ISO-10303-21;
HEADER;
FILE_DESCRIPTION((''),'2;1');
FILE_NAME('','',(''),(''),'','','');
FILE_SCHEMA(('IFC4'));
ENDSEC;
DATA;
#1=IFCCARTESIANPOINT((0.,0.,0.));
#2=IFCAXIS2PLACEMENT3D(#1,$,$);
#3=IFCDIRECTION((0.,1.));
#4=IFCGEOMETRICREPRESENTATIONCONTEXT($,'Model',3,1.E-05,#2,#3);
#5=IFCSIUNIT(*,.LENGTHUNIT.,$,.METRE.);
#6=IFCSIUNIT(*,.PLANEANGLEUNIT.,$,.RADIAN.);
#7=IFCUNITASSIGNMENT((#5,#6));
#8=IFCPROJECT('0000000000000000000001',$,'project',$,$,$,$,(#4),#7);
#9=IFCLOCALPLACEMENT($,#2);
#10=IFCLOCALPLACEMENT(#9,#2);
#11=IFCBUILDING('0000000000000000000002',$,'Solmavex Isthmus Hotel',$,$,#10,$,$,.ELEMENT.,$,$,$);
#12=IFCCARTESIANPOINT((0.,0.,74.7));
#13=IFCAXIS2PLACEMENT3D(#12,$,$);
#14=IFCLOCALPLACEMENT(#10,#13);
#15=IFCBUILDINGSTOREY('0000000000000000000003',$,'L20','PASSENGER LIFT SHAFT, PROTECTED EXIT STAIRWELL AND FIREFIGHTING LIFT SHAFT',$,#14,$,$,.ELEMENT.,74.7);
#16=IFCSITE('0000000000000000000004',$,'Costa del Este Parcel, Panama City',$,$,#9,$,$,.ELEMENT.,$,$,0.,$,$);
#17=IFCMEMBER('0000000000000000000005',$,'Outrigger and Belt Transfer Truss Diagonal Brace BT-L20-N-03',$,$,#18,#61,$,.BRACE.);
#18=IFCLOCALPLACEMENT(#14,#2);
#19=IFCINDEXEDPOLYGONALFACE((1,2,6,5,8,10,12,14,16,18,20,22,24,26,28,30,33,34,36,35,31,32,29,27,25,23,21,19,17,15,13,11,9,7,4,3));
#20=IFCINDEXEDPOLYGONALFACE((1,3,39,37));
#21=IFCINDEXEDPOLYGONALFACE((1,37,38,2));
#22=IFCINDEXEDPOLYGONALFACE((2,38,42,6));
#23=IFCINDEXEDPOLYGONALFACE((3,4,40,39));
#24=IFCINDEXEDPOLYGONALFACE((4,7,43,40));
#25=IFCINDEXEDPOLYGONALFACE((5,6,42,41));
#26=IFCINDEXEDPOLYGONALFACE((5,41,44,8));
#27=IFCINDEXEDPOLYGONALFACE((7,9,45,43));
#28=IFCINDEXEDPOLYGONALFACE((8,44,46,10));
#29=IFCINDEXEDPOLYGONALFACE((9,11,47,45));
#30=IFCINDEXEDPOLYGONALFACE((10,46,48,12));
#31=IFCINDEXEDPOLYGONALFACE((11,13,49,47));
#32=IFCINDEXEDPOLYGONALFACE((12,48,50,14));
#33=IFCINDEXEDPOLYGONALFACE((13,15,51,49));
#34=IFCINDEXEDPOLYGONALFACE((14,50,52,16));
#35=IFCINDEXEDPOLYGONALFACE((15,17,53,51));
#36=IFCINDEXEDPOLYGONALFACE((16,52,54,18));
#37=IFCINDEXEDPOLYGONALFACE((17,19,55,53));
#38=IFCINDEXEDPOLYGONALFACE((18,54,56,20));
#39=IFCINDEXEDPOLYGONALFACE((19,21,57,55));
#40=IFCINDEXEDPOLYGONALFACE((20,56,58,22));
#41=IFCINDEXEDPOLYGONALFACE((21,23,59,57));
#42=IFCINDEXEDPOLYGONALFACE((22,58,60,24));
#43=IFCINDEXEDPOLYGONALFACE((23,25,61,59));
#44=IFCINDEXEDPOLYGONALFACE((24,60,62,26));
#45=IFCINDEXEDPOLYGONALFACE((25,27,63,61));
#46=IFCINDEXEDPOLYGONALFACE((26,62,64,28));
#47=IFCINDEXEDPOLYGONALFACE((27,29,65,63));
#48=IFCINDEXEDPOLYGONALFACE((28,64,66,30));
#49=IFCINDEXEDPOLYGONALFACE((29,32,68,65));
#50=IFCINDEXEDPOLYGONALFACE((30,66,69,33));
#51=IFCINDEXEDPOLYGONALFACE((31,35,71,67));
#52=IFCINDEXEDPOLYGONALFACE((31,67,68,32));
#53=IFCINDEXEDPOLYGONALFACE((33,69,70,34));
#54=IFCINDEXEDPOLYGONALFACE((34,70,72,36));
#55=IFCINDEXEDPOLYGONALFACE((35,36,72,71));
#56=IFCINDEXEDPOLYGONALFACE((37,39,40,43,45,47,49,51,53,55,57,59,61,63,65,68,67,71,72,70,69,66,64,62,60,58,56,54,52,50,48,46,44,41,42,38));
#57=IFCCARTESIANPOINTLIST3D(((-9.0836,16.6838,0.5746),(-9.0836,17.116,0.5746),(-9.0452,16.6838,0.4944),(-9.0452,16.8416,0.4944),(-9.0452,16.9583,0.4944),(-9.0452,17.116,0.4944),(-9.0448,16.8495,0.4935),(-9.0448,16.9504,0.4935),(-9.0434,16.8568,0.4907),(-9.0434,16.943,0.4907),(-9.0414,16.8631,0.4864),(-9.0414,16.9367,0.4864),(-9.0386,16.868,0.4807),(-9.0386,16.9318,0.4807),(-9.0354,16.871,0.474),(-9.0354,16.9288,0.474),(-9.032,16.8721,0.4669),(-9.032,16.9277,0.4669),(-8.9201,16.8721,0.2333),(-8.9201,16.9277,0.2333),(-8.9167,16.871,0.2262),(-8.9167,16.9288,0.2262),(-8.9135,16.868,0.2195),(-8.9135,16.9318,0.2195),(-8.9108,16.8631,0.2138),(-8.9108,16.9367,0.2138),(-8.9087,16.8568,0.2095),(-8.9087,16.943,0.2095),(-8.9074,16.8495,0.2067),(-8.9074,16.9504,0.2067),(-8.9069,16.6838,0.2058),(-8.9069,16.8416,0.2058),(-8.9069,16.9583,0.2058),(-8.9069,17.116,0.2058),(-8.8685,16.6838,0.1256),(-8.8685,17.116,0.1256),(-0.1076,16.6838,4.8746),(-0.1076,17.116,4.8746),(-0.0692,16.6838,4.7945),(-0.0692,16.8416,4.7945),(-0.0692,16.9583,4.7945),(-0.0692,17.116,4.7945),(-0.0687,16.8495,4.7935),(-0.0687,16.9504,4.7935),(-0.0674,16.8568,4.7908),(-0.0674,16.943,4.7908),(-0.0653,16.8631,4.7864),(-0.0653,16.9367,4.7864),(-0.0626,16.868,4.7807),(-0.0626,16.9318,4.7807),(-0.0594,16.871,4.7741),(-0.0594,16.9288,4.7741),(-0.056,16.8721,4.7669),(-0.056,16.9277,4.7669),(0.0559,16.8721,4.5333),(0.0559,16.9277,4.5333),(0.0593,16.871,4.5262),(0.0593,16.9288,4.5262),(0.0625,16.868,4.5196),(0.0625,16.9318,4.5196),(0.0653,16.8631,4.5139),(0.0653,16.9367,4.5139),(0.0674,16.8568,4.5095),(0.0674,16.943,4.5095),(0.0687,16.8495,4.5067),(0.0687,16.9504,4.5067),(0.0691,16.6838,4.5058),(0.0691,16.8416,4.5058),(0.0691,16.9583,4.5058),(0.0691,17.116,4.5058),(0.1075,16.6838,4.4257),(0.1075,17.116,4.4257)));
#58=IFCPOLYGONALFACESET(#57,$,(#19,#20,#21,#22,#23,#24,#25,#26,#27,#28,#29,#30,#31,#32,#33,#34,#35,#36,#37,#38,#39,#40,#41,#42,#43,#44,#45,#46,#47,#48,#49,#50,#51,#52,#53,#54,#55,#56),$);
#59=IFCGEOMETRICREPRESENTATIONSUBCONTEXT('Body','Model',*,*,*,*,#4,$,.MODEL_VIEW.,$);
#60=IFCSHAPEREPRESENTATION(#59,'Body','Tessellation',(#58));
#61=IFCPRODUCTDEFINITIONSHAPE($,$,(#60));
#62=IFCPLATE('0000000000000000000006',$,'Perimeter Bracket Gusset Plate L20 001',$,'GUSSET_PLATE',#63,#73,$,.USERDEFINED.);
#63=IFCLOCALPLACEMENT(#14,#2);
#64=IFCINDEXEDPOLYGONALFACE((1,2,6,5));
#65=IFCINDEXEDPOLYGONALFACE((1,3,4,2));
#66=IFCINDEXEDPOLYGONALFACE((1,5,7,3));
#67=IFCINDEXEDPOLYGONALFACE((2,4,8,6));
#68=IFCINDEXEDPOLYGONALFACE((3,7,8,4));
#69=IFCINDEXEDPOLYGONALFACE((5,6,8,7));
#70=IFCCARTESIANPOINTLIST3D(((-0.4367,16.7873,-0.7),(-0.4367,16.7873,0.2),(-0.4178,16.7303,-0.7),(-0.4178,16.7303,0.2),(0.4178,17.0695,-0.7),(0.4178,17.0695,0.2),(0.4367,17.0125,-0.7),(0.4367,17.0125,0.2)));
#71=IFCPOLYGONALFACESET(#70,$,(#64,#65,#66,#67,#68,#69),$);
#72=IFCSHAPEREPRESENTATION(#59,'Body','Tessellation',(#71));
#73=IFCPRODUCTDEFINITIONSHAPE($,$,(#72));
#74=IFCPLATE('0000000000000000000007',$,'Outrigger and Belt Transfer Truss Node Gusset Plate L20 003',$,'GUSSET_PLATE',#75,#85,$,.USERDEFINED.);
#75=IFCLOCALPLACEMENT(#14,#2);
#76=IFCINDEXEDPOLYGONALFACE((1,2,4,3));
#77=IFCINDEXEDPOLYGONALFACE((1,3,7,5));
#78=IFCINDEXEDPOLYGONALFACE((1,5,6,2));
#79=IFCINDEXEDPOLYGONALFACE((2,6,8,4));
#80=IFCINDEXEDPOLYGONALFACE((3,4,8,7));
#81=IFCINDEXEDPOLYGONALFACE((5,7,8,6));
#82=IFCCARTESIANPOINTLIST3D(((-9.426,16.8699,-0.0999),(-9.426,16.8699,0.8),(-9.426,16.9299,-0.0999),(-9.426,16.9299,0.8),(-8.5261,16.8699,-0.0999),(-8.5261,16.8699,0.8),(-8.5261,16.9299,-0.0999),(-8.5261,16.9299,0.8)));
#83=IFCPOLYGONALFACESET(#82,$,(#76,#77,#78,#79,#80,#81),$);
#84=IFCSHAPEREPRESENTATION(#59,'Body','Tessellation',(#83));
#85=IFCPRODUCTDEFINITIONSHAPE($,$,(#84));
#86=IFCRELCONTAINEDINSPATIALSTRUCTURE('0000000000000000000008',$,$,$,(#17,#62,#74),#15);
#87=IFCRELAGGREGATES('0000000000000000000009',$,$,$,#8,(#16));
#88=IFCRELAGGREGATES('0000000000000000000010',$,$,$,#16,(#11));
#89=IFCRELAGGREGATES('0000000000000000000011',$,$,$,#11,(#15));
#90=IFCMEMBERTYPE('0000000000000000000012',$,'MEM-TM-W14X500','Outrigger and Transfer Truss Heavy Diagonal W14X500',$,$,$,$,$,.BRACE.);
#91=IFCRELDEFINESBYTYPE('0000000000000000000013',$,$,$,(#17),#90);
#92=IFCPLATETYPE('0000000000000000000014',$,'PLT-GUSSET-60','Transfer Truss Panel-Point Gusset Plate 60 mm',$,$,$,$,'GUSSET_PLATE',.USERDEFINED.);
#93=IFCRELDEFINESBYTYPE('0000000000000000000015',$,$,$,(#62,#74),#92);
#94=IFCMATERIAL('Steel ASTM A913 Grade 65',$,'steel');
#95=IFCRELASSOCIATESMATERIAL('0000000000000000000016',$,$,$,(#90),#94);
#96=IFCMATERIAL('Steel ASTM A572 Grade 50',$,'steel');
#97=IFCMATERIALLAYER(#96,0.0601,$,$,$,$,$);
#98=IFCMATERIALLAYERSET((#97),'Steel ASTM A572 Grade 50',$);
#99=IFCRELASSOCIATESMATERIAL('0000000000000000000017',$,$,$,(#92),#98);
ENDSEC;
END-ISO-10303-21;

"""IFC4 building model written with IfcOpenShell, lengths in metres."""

from ifc_helpers import new_model, si_unit, direction, frame, origin, origin_2d, place, context, subcontext, project, spatial, rectangle, i_section, extrude, material, layer, layer_set, material_profile, profile_set, type_object, element, save


model = new_model("IFC4")

# Units and contexts
model_context = context("Model", 3, precision=1e-05, world=origin(), true_north=direction((0.0, 1.0)))
body_context = subcontext(model_context, "Body", "Model", "MODEL_VIEW")
ifc_project = project(units=[si_unit("LENGTHUNIT", "METRE"), si_unit("PLANEANGLEUNIT", "RADIAN")], contexts=[model_context])

# Site, building, storey
site_placement = place(None, origin())
site = spatial("IfcSite", under=ifc_project, at=site_placement, Name="Costa del Este Parcel, Panama City", CompositionType="ELEMENT", RefElevation=0.0)
building_placement = place(site_placement, origin())
building = spatial("IfcBuilding", under=site, at=building_placement, Name="Solmavex Isthmus Hotel", CompositionType="ELEMENT")
storey_placement = place(building_placement, frame((0.0, 0.0, 74.7)))
storey = spatial("IfcBuildingStorey", under=building, at=storey_placement, Name="L20", Description="PASSENGER LIFT SHAFT, PROTECTED EXIT STAIRWELL AND FIREFIGHTING LIFT SHAFT", CompositionType="ELEMENT", Elevation=74.7)

# Shared definitions
ifc_material_1 = material(Name="Steel ASTM A913 Grade 65", Category="steel")

# Member
ifc_material_profile_1 = material_profile(ifc_material_1, i_section(OverallWidth=0.4321, OverallDepth=0.4978, WebThickness=0.0557, FlangeThickness=0.0889, FilletRadius=0.0305, at=origin_2d()), Name="W14X500")
ifc_profile_set_1 = profile_set([ifc_material_profile_1], Name="Steel ASTM A913 Grade 65")
member_type_1 = type_object("IfcMemberType", Name="MEM-TM-W14X500", Description="Outrigger and Transfer Truss Heavy Diagonal W14X500", PredefinedType="BRACE", material=ifc_profile_set_1)
member_1_placement = place(storey_placement, frame((-8.9761, 16.8999, 0.3501), z_axis=(0.901855, 0.0, 0.43204), x_axis=(0.0, 1.0, 0.0)))
element("IfcMember", 1, at=member_1_placement, inside=storey, type_object=member_type_1, Name="Outrigger and Belt Transfer Truss Diagonal Brace BT-L20-N-03", PredefinedType="BRACE", context=body_context, shape_type="SweptSolid", body=[
    extrude(i_section(OverallWidth=0.4321, OverallDepth=0.4978, WebThickness=0.0557, FlangeThickness=0.0889, FilletRadius=0.0305, at=origin_2d()), origin(), (0.0, 0.0, 1.0), 9.9529),
])

# Plates
ifc_material_2 = material(Name="Steel ASTM A572 Grade 50", Category="steel")
ifc_layer = layer(ifc_material_2, 0.0601)
ifc_layer_set = layer_set([ifc_layer], Name="Steel ASTM A572 Grade 50")
plate_type = type_object("IfcPlateType", Name="PLT-GUSSET-60", Description="Transfer Truss Panel-Point Gusset Plate 60 mm", ElementType="GUSSET_PLATE", PredefinedType="USERDEFINED", material=ifc_layer_set)
for number, where, z_axis, x_axis, name in (
    (2, (0.0, 16.8999, -0.7), (0.0, 0.0, 1.0), (0.949568, 0.313562, 0.0), "Perimeter Bracket Gusset Plate L20 001"),
    (3, (-8.9761, 16.8999, -0.0999), (0.0, 0.0, 1.0), (1.0, 0.0, 0.0), "Outrigger and Belt Transfer Truss Node Gusset Plate L20 003"),
):
    element("IfcPlate", number, at=place(storey_placement, frame(where, z_axis=z_axis, x_axis=x_axis)), inside=storey, type_object=plate_type, Name=name, ObjectType="GUSSET_PLATE", PredefinedType="USERDEFINED", context=body_context, shape_type="SweptSolid", body=[
        extrude(rectangle(XDim=0.8999, YDim=0.0601, at=origin_2d()), origin(), (0.0, 0.0, 1.0), 0.8999),
    ])

save(model, "model.ifc")
